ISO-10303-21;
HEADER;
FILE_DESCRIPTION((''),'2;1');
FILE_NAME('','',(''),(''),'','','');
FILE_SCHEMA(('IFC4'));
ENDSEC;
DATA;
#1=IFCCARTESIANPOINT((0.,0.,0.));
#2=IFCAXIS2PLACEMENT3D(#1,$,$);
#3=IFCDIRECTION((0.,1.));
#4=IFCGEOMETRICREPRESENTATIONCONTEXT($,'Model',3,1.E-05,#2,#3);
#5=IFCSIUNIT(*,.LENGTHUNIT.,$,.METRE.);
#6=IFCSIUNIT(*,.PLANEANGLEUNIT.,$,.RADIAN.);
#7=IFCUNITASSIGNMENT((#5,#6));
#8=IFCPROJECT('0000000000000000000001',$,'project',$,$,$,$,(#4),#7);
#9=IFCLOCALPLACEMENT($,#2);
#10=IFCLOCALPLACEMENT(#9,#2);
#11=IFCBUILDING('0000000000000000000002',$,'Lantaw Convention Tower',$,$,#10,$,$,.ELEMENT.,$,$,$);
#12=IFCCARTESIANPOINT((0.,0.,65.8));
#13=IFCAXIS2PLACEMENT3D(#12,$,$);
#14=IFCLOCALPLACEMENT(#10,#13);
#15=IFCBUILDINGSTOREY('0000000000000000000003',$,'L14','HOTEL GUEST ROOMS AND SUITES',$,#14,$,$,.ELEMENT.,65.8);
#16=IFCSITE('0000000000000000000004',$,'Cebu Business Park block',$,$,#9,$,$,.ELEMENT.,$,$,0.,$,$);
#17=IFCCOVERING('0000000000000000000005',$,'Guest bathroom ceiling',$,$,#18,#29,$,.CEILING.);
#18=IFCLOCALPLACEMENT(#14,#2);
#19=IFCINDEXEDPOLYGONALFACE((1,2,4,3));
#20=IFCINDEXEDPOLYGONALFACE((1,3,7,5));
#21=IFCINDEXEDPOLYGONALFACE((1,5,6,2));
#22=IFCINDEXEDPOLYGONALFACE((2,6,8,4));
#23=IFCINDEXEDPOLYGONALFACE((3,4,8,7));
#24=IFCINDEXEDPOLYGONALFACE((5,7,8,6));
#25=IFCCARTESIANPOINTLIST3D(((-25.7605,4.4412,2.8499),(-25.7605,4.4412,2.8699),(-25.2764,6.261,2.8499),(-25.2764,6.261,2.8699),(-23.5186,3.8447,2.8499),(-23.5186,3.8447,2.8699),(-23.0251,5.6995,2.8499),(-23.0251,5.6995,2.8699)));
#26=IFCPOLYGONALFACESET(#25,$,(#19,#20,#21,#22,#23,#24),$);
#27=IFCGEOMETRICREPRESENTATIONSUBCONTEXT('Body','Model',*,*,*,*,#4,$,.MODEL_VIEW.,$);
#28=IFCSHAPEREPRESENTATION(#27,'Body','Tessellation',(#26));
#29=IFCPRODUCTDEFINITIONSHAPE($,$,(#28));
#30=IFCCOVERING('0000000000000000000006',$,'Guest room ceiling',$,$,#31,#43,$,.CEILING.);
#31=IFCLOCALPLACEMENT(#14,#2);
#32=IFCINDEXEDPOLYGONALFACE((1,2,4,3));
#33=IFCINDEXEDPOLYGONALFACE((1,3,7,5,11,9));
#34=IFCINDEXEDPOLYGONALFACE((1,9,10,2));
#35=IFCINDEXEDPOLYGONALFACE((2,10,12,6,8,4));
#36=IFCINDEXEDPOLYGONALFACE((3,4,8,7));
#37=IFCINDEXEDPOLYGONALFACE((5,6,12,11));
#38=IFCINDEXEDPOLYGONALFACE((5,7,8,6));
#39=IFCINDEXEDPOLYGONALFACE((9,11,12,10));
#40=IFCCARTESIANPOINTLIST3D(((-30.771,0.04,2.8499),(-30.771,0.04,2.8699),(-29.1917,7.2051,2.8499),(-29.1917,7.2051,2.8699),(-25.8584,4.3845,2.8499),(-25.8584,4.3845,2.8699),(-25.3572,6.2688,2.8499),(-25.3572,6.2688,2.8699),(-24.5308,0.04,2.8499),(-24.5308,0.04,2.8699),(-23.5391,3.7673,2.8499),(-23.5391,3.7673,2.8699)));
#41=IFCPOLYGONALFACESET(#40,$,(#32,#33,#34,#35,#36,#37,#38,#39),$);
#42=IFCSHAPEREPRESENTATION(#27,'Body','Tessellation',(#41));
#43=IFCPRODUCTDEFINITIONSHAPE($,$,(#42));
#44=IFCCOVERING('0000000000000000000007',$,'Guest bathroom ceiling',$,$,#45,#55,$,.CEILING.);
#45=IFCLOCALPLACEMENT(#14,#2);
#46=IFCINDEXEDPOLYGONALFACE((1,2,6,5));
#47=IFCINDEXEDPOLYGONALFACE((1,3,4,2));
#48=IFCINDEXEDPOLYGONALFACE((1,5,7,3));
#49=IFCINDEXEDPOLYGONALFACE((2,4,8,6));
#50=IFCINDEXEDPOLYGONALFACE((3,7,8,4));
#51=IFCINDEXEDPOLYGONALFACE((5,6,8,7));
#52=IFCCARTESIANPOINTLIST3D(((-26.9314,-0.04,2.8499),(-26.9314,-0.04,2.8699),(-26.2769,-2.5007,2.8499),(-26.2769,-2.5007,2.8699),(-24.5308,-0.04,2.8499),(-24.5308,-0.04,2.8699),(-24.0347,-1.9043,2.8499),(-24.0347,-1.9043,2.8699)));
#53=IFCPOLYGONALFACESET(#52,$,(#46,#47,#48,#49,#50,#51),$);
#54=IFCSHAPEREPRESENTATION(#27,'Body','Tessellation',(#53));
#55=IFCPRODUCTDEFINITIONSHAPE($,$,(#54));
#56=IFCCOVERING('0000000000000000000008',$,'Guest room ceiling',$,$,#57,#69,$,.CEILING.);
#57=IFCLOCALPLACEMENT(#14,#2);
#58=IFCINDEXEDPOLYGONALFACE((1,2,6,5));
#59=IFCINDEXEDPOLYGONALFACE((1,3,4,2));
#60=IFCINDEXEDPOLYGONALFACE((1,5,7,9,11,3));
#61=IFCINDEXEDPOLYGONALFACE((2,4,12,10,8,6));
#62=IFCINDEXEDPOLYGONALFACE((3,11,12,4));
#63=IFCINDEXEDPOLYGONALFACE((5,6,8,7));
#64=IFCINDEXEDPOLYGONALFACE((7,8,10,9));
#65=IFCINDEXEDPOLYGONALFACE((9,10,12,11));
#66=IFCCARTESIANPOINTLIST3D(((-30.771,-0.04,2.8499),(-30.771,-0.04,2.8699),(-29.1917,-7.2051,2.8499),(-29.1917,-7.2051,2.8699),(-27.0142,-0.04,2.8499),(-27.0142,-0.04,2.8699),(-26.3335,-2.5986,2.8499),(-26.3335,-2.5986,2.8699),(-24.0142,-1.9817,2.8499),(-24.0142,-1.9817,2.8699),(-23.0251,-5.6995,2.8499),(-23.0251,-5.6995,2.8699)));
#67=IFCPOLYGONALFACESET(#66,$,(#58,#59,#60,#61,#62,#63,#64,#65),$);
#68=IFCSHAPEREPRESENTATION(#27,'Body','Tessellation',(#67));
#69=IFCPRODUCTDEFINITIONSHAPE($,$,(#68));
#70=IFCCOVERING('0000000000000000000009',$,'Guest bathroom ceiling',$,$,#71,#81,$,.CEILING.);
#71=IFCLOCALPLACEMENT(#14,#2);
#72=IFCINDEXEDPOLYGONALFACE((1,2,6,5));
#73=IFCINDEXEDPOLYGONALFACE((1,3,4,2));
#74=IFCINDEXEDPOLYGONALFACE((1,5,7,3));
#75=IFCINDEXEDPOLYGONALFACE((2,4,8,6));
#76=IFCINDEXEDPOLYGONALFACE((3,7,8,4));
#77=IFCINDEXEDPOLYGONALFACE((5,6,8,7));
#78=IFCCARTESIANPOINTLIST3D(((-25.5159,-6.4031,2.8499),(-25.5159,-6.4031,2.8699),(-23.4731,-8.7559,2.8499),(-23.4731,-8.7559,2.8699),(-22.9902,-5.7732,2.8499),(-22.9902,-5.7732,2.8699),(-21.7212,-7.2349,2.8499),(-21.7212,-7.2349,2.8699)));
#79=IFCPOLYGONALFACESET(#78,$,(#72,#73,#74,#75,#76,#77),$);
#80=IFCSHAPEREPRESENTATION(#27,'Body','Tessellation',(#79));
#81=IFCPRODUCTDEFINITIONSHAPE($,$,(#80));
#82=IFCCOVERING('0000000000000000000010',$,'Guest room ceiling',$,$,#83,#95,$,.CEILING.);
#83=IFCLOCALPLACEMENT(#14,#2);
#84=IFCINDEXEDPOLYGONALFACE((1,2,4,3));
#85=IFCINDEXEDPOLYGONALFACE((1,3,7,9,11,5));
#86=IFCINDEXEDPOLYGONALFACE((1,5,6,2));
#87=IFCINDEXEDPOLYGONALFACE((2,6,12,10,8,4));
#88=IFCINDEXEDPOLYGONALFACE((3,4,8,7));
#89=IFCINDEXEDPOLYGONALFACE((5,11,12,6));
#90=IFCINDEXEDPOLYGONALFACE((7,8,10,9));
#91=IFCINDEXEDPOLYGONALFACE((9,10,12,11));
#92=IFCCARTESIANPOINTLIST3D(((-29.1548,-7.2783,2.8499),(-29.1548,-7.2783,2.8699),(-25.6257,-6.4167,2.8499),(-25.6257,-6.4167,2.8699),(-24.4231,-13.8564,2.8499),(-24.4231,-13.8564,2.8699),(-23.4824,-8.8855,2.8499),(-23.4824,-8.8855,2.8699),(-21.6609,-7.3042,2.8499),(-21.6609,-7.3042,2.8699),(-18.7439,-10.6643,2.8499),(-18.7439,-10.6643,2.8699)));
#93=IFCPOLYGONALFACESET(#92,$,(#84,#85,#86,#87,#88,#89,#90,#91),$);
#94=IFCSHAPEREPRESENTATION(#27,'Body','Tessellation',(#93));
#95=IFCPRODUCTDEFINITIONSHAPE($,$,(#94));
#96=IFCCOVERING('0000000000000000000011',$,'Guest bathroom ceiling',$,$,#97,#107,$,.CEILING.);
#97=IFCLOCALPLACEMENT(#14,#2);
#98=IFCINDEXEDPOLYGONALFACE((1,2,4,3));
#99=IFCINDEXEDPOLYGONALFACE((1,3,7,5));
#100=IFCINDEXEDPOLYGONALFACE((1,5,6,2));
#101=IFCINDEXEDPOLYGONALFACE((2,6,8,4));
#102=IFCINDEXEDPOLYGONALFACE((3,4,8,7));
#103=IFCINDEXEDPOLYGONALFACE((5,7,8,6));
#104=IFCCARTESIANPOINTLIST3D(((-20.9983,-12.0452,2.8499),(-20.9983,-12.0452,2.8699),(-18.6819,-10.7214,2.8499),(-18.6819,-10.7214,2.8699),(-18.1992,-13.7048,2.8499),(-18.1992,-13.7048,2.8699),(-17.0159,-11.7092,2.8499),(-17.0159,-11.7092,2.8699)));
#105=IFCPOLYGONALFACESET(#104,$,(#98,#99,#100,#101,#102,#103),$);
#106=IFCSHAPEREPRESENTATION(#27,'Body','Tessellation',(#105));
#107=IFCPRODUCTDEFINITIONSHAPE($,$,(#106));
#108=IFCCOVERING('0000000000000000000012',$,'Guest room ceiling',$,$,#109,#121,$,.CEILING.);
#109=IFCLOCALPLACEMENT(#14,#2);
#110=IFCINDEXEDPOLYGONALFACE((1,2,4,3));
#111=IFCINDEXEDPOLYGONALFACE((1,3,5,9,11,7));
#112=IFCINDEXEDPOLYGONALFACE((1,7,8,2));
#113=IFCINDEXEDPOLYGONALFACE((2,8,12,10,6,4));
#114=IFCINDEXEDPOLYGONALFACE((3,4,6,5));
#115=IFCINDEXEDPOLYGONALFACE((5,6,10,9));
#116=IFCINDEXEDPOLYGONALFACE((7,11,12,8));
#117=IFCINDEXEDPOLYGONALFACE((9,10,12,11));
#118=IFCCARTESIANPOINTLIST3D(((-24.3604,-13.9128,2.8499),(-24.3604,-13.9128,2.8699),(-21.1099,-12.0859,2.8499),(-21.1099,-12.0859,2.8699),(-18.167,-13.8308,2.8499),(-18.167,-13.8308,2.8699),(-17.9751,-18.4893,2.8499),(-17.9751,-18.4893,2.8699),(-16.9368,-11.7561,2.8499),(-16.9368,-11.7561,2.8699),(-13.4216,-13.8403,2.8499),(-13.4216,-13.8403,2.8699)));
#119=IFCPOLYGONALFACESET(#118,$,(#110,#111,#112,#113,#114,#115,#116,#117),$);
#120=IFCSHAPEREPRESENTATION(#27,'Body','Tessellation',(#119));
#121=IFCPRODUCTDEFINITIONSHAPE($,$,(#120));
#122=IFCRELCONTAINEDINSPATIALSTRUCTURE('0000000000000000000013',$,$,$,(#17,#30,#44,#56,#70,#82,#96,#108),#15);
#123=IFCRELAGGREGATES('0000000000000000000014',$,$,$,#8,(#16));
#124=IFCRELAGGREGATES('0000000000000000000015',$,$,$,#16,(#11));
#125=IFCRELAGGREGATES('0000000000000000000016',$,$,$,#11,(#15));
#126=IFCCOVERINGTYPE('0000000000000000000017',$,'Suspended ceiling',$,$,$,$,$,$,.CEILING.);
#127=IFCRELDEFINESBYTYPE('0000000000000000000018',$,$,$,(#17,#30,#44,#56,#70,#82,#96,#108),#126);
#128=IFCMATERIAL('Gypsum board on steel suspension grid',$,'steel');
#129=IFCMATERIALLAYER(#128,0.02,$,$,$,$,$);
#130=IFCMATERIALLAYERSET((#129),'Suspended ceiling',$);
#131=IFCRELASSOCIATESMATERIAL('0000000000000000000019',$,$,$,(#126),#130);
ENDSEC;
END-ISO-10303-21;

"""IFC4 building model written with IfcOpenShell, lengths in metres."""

from ifc_helpers import new_model, si_unit, direction, frame, origin, place, context, subcontext, project, spatial, polyline, outline, extrude, material, layer, layer_set, type_object, element, save


model = new_model("IFC4")

# Units and contexts
model_context = context("Model", 3, precision=1e-05, world=origin(), true_north=direction((0.0, 1.0)))
body_context = subcontext(model_context, "Body", "Model", "MODEL_VIEW")
ifc_project = project(units=[si_unit("LENGTHUNIT", "METRE"), si_unit("PLANEANGLEUNIT", "RADIAN")], contexts=[model_context])

# Site, building, storey
site_placement = place(None, origin())
site = spatial("IfcSite", under=ifc_project, at=site_placement, Name="Cebu Business Park block", CompositionType="ELEMENT", RefElevation=0.0)
building_placement = place(site_placement, origin())
building = spatial("IfcBuilding", under=site, at=building_placement, Name="Lantaw Convention Tower", CompositionType="ELEMENT")
storey_placement = place(building_placement, frame((0.0, 0.0, 65.8)))
storey = spatial("IfcBuildingStorey", under=building, at=storey_placement, Name="L14", Description="HOTEL GUEST ROOMS AND SUITES", CompositionType="ELEMENT", Elevation=65.8)

# Coverings
ifc_material_1 = material(Name="Gypsum board on steel suspension grid", Category="steel")
ifc_layer_1 = layer(ifc_material_1, 0.02)
ifc_layer_set_1 = layer_set([ifc_layer_1], Name="Suspended ceiling")
covering_type = type_object("IfcCoveringType", Name="Suspended ceiling", PredefinedType="CEILING", material=ifc_layer_set_1)
covering_1_placement = place(storey_placement, frame((0.0, 0.0, 2.8499)))
element("IfcCovering", 1, at=covering_1_placement, inside=storey, type_object=covering_type, Name="Guest bathroom ceiling", PredefinedType="CEILING", context=body_context, shape_type="SweptSolid", body=[
    extrude(outline(polyline([(-23.0251, 5.6995), (-25.2764, 6.261), (-25.7605, 4.4412), (-23.5186, 3.8447), (-23.0251, 5.6995)])), origin(), (0.0, 0.0, 1.0), 0.02),
])
covering_2_placement = place(storey_placement, frame((0.0, 0.0, 2.8499)))
element("IfcCovering", 2, at=covering_2_placement, inside=storey, type_object=covering_type, Name="Guest room ceiling", PredefinedType="CEILING", context=body_context, shape_type="SweptSolid", body=[
    extrude(outline(polyline([(-24.5308, 0.04), (-23.5391, 3.7673), (-25.8584, 4.3845), (-25.3572, 6.2688), (-29.1917, 7.2051), (-30.771, 0.04), (-24.5308, 0.04)])), origin(), (0.0, 0.0, 1.0), 0.02),
])
covering_3_placement = place(storey_placement, frame((0.0, 0.0, 2.8499)))
element("IfcCovering", 3, at=covering_3_placement, inside=storey, type_object=covering_type, Name="Guest bathroom ceiling", PredefinedType="CEILING", context=body_context, shape_type="SweptSolid", body=[
    extrude(outline(polyline([(-24.5308, -0.04), (-26.9314, -0.04), (-26.2769, -2.5007), (-24.0347, -1.9043), (-24.5308, -0.04)])), origin(), (0.0, 0.0, 1.0), 0.02),
])
covering_4_placement = place(storey_placement, frame((0.0, 0.0, 2.8499)))
element("IfcCovering", 4, at=covering_4_placement, inside=storey, type_object=covering_type, Name="Guest room ceiling", PredefinedType="CEILING", context=body_context, shape_type="SweptSolid", body=[
    extrude(outline(polyline([(-24.0142, -1.9817), (-26.3335, -2.5986), (-27.0142, -0.04), (-30.771, -0.04), (-29.1917, -7.2051), (-23.0251, -5.6995), (-24.0142, -1.9817)])), origin(), (0.0, 0.0, 1.0), 0.02),
])
covering_5_placement = place(storey_placement, frame((0.0, 0.0, 2.8499)))
element("IfcCovering", 5, at=covering_5_placement, inside=storey, type_object=covering_type, Name="Guest bathroom ceiling", PredefinedType="CEILING", context=body_context, shape_type="SweptSolid", body=[
    extrude(outline(polyline([(-22.9902, -5.7732), (-25.5159, -6.4031), (-23.4731, -8.7559), (-21.7212, -7.2349), (-22.9902, -5.7732)])), origin(), (0.0, 0.0, 1.0), 0.02),
])
covering_6_placement = place(storey_placement, frame((0.0, 0.0, 2.8499)))
element("IfcCovering", 6, at=covering_6_placement, inside=storey, type_object=covering_type, Name="Guest room ceiling", PredefinedType="CEILING", context=body_context, shape_type="SweptSolid", body=[
    extrude(outline(polyline([(-25.6257, -6.4167), (-29.1548, -7.2783), (-24.4231, -13.8564), (-18.7439, -10.6643), (-21.6609, -7.3042), (-23.4824, -8.8855), (-25.6257, -6.4167)])), origin(), (0.0, 0.0, 1.0), 0.02),
])
covering_7_placement = place(storey_placement, frame((0.0, 0.0, 2.8499)))
element("IfcCovering", 7, at=covering_7_placement, inside=storey, type_object=covering_type, Name="Guest bathroom ceiling", PredefinedType="CEILING", context=body_context, shape_type="SweptSolid", body=[
    extrude(outline(polyline([(-18.6819, -10.7214), (-20.9983, -12.0452), (-18.1992, -13.7048), (-17.0159, -11.7092), (-18.6819, -10.7214)])), origin(), (0.0, 0.0, 1.0), 0.02),
])
covering_8_placement = place(storey_placement, frame((0.0, 0.0, 2.8499)))
element("IfcCovering", 8, at=covering_8_placement, inside=storey, type_object=covering_type, Name="Guest room ceiling", PredefinedType="CEILING", context=body_context, shape_type="SweptSolid", body=[
    extrude(outline(polyline([(-21.1099, -12.0859), (-24.3604, -13.9128), (-17.9751, -18.4893), (-13.4216, -13.8403), (-16.9368, -11.7561), (-18.167, -13.8308), (-21.1099, -12.0859)])), origin(), (0.0, 0.0, 1.0), 0.02),
])

save(model, "model.ifc")
